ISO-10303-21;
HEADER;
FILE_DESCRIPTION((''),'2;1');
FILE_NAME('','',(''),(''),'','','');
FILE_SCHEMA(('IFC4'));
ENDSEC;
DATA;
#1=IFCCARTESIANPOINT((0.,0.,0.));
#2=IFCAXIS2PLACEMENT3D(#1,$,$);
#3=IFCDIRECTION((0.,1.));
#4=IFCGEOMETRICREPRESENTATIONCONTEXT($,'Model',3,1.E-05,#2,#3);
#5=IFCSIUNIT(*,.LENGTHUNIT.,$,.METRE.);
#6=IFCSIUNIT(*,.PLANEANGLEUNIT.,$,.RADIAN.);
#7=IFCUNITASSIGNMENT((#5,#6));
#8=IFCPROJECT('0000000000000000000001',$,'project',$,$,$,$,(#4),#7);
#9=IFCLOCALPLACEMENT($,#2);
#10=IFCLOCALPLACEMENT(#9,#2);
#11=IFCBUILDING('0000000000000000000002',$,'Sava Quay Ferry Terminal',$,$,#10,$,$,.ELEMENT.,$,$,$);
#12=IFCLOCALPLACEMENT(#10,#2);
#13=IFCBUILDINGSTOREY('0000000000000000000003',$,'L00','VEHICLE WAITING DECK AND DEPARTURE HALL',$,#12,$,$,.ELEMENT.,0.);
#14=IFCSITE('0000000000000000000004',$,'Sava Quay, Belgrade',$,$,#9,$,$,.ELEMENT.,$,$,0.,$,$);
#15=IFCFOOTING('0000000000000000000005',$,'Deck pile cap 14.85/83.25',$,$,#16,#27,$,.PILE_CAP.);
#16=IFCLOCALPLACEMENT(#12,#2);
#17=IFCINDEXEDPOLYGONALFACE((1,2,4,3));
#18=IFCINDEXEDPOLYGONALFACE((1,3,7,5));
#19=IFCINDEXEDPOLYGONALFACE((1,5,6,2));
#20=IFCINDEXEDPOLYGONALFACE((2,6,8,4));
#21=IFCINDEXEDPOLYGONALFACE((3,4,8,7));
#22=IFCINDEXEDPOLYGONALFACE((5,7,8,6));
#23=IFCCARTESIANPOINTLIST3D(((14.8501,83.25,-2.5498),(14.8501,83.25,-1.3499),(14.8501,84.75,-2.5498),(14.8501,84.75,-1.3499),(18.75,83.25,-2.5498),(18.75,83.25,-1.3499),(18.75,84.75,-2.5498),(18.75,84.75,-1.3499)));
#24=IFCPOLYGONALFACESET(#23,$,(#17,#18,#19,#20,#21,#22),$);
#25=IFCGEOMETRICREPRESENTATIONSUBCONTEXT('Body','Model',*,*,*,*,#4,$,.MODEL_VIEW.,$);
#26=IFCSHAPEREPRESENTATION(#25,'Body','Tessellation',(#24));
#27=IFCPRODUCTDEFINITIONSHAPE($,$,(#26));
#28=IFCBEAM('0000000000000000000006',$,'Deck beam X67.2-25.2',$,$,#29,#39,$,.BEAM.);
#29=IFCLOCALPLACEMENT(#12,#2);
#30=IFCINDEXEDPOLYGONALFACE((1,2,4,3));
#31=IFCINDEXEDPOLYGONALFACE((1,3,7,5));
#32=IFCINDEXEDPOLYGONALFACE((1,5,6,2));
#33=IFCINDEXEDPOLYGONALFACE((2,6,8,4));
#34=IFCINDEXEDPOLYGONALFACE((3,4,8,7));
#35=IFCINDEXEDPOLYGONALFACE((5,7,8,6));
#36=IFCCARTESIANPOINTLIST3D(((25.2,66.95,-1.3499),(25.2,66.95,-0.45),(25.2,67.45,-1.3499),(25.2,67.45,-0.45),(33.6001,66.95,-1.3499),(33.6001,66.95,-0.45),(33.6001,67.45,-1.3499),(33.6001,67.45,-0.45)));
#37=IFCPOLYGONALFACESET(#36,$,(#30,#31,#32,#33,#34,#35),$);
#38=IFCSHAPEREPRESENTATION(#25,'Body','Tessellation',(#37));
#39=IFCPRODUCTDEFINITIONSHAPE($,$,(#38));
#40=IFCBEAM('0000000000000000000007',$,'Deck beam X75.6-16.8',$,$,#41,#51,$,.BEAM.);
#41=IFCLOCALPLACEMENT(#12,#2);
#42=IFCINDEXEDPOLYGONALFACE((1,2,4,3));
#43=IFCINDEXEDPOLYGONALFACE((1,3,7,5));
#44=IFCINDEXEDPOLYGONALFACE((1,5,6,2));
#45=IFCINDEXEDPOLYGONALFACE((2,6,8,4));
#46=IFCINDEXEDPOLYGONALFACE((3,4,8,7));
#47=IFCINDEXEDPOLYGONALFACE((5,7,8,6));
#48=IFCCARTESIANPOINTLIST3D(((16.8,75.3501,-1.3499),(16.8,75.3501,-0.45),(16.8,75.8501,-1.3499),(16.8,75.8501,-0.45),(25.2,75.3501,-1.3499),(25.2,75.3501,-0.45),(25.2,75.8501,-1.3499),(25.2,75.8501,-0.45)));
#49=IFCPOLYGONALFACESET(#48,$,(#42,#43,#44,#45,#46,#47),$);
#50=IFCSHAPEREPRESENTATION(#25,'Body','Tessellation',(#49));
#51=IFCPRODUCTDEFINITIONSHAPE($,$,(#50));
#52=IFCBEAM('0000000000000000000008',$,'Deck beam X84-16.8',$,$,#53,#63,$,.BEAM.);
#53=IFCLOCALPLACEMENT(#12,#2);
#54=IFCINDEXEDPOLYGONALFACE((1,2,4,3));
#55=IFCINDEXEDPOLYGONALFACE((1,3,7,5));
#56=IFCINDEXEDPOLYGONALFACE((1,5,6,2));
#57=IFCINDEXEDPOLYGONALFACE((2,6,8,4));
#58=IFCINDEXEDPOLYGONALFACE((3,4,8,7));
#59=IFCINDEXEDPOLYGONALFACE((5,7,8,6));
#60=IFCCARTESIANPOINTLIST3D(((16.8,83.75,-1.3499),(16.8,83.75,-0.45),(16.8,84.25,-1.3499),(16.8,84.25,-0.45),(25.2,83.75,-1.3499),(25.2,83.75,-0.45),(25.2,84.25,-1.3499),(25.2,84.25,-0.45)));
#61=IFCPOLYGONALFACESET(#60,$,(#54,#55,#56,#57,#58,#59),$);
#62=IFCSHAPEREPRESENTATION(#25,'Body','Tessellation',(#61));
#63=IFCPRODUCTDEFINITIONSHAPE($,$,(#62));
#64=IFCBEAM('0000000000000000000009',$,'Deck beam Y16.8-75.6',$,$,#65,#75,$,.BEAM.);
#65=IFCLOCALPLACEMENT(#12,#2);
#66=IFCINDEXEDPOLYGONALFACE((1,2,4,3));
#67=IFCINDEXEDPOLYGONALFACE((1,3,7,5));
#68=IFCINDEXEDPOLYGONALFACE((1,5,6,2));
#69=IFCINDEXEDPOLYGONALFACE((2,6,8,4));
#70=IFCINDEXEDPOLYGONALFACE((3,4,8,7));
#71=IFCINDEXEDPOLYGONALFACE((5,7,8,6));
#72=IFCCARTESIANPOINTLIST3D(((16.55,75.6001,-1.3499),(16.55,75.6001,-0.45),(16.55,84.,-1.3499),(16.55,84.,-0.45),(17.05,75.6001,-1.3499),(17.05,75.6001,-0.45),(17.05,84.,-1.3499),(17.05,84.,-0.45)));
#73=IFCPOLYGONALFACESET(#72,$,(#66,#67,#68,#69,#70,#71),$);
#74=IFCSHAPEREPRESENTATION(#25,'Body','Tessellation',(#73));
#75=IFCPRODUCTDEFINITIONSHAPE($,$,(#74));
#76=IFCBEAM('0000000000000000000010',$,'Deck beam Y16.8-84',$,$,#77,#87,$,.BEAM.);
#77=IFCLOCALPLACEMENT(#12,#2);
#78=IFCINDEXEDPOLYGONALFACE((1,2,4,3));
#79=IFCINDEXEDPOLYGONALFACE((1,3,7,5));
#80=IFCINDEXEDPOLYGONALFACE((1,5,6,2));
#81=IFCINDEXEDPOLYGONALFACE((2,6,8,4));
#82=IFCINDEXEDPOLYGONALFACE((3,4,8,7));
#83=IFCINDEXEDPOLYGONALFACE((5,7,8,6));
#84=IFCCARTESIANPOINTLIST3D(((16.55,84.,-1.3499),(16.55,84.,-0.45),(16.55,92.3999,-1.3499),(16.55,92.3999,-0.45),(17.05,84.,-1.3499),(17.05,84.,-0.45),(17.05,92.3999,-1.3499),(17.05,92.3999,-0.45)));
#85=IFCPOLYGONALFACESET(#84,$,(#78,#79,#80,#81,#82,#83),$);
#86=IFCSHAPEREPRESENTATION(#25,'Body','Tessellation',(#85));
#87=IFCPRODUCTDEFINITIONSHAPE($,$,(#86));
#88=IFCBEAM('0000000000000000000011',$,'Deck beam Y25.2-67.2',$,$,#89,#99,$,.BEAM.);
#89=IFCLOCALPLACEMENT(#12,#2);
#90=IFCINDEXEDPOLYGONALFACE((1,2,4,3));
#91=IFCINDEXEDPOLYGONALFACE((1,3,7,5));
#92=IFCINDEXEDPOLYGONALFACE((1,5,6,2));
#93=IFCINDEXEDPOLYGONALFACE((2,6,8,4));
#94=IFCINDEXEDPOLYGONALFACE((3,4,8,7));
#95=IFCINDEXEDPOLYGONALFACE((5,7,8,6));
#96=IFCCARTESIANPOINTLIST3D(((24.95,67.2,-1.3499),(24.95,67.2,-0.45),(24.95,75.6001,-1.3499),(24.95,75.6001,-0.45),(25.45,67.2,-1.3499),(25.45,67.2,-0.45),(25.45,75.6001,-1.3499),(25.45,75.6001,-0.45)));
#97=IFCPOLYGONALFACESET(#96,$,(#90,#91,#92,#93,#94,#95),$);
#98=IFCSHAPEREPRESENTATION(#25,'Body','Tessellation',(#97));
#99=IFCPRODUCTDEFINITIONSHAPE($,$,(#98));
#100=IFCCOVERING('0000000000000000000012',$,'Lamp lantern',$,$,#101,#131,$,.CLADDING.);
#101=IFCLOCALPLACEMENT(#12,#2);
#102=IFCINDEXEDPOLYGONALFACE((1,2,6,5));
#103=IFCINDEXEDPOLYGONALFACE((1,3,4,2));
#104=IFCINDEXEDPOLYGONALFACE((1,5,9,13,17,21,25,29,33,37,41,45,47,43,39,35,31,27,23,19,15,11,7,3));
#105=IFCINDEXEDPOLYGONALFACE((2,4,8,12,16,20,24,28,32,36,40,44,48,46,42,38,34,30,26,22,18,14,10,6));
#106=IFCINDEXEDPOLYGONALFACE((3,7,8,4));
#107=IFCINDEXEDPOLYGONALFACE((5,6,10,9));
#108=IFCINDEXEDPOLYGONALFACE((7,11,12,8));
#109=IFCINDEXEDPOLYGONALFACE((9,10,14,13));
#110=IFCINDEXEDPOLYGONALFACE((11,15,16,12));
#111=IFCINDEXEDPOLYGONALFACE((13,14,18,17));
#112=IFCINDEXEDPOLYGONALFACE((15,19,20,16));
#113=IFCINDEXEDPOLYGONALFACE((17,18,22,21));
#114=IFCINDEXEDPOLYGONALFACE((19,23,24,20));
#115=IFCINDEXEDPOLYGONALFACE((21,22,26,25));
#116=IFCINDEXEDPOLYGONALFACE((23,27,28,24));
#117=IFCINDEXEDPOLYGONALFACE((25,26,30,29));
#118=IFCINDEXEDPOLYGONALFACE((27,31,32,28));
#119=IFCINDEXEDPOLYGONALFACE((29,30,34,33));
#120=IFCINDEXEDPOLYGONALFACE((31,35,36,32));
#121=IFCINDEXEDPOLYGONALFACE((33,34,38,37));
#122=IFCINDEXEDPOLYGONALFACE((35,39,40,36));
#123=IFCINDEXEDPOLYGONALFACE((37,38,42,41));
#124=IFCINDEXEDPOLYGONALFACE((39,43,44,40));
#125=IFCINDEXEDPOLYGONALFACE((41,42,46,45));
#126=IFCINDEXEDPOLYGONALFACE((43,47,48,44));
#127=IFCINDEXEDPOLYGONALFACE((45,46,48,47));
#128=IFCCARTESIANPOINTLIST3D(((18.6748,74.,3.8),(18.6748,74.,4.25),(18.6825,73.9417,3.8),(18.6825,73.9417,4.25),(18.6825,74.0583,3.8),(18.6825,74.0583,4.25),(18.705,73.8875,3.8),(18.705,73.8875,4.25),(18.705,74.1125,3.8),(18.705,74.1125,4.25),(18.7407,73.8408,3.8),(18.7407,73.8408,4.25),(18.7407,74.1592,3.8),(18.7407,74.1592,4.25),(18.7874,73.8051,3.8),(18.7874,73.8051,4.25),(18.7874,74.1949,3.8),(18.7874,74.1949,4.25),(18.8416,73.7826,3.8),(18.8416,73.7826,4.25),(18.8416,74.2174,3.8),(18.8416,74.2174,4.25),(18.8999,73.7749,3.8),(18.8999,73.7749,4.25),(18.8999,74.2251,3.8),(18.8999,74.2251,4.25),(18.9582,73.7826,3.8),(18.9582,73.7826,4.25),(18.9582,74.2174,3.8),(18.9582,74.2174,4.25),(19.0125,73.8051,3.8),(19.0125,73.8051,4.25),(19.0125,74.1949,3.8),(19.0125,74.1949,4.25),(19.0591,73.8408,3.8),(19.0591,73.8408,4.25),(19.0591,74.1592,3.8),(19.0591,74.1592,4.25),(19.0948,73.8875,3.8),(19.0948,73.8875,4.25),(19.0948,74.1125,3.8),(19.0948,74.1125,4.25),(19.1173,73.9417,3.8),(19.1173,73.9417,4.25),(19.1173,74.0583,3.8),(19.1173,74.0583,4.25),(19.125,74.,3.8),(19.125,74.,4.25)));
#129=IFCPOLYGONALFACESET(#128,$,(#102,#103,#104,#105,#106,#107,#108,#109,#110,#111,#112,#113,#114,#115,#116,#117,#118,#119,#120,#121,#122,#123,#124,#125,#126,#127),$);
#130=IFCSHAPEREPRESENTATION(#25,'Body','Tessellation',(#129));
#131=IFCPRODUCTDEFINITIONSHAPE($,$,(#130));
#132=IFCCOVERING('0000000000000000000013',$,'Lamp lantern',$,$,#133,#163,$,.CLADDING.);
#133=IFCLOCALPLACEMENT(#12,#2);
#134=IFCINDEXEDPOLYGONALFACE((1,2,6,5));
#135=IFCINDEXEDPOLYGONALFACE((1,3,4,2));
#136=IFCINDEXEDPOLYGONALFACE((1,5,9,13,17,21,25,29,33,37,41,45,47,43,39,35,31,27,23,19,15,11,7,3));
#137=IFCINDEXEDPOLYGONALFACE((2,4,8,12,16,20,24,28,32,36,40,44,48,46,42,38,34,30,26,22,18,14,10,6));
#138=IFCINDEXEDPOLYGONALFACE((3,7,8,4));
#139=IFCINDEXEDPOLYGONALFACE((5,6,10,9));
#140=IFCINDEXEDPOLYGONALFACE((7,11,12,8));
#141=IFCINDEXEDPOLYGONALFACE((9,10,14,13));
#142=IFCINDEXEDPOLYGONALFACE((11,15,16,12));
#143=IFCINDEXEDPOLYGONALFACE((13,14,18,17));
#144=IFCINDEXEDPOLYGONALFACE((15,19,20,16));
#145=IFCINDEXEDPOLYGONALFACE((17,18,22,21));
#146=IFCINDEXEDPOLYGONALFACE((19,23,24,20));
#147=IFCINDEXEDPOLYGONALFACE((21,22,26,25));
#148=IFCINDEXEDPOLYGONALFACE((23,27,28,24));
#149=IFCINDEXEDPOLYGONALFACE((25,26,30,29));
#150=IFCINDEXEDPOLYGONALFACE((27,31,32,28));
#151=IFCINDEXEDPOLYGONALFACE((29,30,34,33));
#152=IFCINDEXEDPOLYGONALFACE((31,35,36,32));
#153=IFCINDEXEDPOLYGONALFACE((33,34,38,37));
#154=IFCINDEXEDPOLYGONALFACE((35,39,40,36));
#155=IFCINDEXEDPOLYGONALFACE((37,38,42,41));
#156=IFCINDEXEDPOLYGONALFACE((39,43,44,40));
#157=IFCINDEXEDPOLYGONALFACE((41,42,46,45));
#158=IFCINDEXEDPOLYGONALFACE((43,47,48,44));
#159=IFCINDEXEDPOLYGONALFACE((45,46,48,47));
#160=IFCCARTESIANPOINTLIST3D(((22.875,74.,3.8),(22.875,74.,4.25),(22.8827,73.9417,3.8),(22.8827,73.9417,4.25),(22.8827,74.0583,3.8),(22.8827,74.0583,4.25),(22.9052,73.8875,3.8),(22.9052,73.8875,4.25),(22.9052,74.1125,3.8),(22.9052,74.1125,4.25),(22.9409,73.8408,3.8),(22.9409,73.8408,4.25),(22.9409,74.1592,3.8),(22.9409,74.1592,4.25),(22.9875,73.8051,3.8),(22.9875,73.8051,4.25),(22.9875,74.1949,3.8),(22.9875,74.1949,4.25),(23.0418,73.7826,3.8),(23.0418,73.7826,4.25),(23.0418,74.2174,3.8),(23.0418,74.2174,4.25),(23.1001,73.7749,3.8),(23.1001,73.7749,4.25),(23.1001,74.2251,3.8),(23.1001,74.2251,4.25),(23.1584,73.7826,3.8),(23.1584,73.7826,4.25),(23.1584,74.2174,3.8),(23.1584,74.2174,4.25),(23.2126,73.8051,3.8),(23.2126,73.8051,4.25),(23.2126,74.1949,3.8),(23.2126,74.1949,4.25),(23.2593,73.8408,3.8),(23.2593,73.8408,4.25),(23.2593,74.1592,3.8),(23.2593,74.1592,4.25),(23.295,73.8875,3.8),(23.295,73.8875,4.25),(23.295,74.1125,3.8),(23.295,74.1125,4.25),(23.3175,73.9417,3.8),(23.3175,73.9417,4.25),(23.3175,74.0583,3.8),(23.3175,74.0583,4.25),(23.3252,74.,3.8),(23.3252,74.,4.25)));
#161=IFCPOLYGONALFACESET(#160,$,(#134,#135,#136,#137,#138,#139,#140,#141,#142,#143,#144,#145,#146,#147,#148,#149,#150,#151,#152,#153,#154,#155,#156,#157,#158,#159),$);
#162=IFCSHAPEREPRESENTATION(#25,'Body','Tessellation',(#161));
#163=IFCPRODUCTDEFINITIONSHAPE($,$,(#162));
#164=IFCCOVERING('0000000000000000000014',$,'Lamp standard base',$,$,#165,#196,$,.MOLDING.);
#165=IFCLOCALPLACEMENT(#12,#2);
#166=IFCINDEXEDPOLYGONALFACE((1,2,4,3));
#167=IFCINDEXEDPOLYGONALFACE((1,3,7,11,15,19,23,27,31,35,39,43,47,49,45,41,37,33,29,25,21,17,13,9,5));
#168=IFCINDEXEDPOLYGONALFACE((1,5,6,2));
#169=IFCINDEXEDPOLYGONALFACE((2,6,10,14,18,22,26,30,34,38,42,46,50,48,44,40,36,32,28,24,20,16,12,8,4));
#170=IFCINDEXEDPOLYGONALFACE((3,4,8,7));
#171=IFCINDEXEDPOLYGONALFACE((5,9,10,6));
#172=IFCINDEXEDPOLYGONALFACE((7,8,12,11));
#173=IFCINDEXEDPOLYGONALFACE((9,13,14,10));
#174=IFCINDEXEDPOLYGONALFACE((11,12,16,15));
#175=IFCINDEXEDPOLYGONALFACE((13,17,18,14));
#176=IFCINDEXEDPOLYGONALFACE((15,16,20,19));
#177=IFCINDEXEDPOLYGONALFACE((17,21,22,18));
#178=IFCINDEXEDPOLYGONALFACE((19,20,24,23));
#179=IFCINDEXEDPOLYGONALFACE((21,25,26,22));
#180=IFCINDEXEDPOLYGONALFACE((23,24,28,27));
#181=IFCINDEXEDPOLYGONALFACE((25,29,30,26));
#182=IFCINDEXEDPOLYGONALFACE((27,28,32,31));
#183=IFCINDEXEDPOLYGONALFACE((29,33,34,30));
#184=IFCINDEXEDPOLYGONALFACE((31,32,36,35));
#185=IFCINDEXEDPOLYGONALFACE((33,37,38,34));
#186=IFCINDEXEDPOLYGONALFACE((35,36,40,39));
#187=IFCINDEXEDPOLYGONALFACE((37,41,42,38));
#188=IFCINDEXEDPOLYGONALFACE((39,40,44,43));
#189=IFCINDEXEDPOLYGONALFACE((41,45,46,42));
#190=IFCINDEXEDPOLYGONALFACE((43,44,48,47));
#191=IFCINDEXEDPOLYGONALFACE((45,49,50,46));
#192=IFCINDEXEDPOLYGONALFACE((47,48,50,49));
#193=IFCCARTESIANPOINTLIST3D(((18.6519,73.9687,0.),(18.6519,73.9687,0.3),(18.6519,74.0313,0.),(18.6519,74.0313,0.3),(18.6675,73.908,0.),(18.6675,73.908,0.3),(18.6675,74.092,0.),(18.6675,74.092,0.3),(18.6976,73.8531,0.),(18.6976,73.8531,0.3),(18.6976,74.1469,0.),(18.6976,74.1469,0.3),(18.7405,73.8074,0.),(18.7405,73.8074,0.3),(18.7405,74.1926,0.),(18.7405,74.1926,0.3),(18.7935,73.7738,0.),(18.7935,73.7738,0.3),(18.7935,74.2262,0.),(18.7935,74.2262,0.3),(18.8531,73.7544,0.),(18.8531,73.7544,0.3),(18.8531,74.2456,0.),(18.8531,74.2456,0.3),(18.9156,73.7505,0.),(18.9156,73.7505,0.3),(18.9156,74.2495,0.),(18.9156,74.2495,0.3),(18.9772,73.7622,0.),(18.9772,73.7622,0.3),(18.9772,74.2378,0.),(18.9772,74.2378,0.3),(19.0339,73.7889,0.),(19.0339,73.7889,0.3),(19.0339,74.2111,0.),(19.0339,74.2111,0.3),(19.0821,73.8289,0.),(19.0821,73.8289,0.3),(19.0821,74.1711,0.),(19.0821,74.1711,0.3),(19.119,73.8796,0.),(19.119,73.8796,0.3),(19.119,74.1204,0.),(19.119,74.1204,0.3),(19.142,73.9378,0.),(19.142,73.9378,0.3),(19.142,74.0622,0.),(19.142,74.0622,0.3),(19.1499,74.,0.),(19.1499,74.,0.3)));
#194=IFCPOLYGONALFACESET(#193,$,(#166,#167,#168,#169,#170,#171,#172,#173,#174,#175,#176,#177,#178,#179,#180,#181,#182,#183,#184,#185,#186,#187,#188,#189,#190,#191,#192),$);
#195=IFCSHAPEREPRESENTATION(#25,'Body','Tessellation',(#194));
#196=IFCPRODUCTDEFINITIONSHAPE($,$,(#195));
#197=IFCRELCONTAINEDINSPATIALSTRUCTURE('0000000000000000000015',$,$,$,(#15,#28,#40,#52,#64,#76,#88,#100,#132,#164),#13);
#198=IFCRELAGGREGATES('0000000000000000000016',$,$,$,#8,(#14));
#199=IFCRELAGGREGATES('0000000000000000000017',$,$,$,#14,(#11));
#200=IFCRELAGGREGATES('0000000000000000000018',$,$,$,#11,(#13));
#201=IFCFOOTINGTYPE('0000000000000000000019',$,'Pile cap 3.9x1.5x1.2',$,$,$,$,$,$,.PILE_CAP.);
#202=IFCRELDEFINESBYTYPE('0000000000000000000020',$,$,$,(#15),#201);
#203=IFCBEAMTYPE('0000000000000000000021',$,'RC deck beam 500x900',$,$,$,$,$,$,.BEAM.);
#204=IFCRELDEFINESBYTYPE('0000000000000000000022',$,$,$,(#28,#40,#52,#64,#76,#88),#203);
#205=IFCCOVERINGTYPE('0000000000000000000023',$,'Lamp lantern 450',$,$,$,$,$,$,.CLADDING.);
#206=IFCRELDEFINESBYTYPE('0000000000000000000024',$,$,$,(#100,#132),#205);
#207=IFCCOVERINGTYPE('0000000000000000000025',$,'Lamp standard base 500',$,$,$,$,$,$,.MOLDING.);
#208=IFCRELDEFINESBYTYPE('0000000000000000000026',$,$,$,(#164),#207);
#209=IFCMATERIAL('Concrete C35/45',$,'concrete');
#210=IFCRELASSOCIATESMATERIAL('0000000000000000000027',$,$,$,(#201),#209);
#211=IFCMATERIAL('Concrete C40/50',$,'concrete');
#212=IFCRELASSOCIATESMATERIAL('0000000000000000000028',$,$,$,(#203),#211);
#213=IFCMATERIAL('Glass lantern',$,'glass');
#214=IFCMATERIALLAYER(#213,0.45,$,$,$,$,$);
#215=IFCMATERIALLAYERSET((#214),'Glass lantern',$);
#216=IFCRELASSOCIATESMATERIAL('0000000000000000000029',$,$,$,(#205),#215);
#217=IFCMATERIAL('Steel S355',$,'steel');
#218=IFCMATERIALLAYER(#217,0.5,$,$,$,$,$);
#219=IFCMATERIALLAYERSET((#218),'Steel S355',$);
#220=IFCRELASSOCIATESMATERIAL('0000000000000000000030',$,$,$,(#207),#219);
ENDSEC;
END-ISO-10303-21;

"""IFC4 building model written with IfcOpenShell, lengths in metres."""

from ifc_helpers import new_model, si_unit, direction, frame, origin, origin_2d, place, context, subcontext, project, spatial, rectangle, circle, extrude, material, layer, layer_set, material_profile, profile_set, type_object, element, save


model = new_model("IFC4")

# Units and contexts
model_context = context("Model", 3, precision=1e-05, world=origin(), true_north=direction((0.0, 1.0)))
body_context = subcontext(model_context, "Body", "Model", "MODEL_VIEW")
ifc_project = project(units=[si_unit("LENGTHUNIT", "METRE"), si_unit("PLANEANGLEUNIT", "RADIAN")], contexts=[model_context])

# Site, building, storey
site_placement = place(None, origin())
site = spatial("IfcSite", under=ifc_project, at=site_placement, Name="Sava Quay, Belgrade", CompositionType="ELEMENT", RefElevation=0.0)
building_placement = place(site_placement, origin())
building = spatial("IfcBuilding", under=site, at=building_placement, Name="Sava Quay Ferry Terminal", CompositionType="ELEMENT")
storey_placement = place(building_placement, origin())
storey = spatial("IfcBuildingStorey", under=building, at=storey_placement, Name="L00", Description="VEHICLE WAITING DECK AND DEPARTURE HALL", CompositionType="ELEMENT", Elevation=0.0)

# Footing
ifc_material_1 = material(Name="Concrete C35/45", Category="concrete")
footing_type = type_object("IfcFootingType", Name="Pile cap 3.9x1.5x1.2", PredefinedType="PILE_CAP", material=ifc_material_1)
for number, where, z_axis, x_axis, name in (
    (1, (16.8, 84.0, -2.5498), (0.0, 0.0, 1.0), (1.0, 0.0, 0.0), "Deck pile cap 14.85/83.25"),
):
    element("IfcFooting", number, at=place(storey_placement, frame(where, z_axis=z_axis, x_axis=x_axis)), inside=storey, type_object=footing_type, Name=name, PredefinedType="PILE_CAP", context=body_context, shape_type="SweptSolid", body=[
        extrude(rectangle(XDim=3.8999, YDim=1.5, at=origin_2d()), origin(), (0.0, 0.0, 1.0), 1.2),
    ])

# Beams
ifc_material_2 = material(Name="Concrete C40/50", Category="concrete")
ifc_material_profile_1 = material_profile(ifc_material_2, rectangle(XDim=0.5, YDim=0.8999, at=origin_2d()), Name="RC 500x900")
ifc_profile_set_1 = profile_set([ifc_material_profile_1], Name="Concrete C40/50")
beam_type = type_object("IfcBeamType", Name="RC deck beam 500x900", PredefinedType="BEAM", material=ifc_profile_set_1)
beam_1_placement = place(storey_placement, frame((25.2, 67.2, -0.8999), z_axis=(1.0, 0.0, 0.0), x_axis=(0.0, 1.0, 0.0)))
element("IfcBeam", 2, at=beam_1_placement, inside=storey, type_object=beam_type, Name="Deck beam X67.2-25.2", PredefinedType="BEAM", context=body_context, shape_type="SweptSolid", body=[
    extrude(rectangle(XDim=0.5, YDim=0.8999, at=origin_2d()), origin(), (0.0, 0.0, 1.0), 8.4001),
])
for number, where, z_axis, x_axis, name in (
    (3, (16.8, 75.6001, -0.8999), (1.0, 0.0, 0.0), (0.0, 1.0, 0.0), "Deck beam X75.6-16.8"),
    (4, (16.8, 84.0, -0.8999), (1.0, 0.0, 0.0), (0.0, 1.0, 0.0), "Deck beam X84-16.8"),
    (5, (16.8, 75.6001, -0.8999), (0.0, 1.0, 0.0), (-1.0, 0.0, 0.0), "Deck beam Y16.8-75.6"),
    (6, (16.8, 84.0, -0.8999), (0.0, 1.0, 0.0), (-1.0, 0.0, 0.0), "Deck beam Y16.8-84"),
):
    element("IfcBeam", number, at=place(storey_placement, frame(where, z_axis=z_axis, x_axis=x_axis)), inside=storey, type_object=beam_type, Name=name, PredefinedType="BEAM", context=body_context, shape_type="SweptSolid", body=[
        extrude(rectangle(XDim=0.5, YDim=0.8999, at=origin_2d()), origin(), (0.0, 0.0, 1.0), 8.3999),
    ])
beam_2_placement = place(storey_placement, frame((25.2, 67.2, -0.8999), z_axis=(0.0, 1.0, 0.0), x_axis=(-1.0, 0.0, 0.0)))
element("IfcBeam", 7, at=beam_2_placement, inside=storey, type_object=beam_type, Name="Deck beam Y25.2-67.2", PredefinedType="BEAM", context=body_context, shape_type="SweptSolid", body=[
    extrude(rectangle(XDim=0.5, YDim=0.8999, at=origin_2d()), origin(), (0.0, 0.0, 1.0), 8.4001),
])

# Coverings
ifc_material_3 = material(Name="Glass lantern", Category="glass")
ifc_layer_1 = layer(ifc_material_3, 0.45)
ifc_layer_set_1 = layer_set([ifc_layer_1], Name="Glass lantern")
covering_type_1 = type_object("IfcCoveringType", Name="Lamp lantern 450", PredefinedType="CLADDING", material=ifc_layer_set_1)
for number, where, z_axis, x_axis, name in (
    (8, (18.8999, 74.0, 4.25), (0.0, 0.0, -1.0), (1.0, 0.0, 0.0), "Lamp lantern"),
    (9, (23.1001, 74.0, 4.25), (0.0, 0.0, -1.0), (1.0, 0.0, 0.0), "Lamp lantern"),
):
    element("IfcCovering", number, at=place(storey_placement, frame(where, z_axis=z_axis, x_axis=x_axis)), inside=storey, type_object=covering_type_1, Name=name, PredefinedType="CLADDING", context=body_context, shape_type="SweptSolid", body=[
        extrude(circle(Radius=0.2251, at=origin_2d()), origin(), (0.0, 0.0, 1.0), 0.45),
    ])
ifc_material_4 = material(Name="Steel S355", Category="steel")
ifc_layer_2 = layer(ifc_material_4, 0.5)
ifc_layer_set_2 = layer_set([ifc_layer_2], Name="Steel S355")
covering_type_2 = type_object("IfcCoveringType", Name="Lamp standard base 500", PredefinedType="MOLDING", material=ifc_layer_set_2)
for number, where, z_axis, x_axis, name in (
    (10, (18.8999, 74.0, 0.3), (0.0, 0.0, -1.0), (1.0, 0.0, 0.0), "Lamp standard base"),
):
    element("IfcCovering", number, at=place(storey_placement, frame(where, z_axis=z_axis, x_axis=x_axis)), inside=storey, type_object=covering_type_2, Name=name, PredefinedType="MOLDING", context=body_context, shape_type="SweptSolid", body=[
        extrude(circle(Radius=0.25, at=origin_2d()), origin(), (0.0, 0.0, 1.0), 0.3),
    ])

save(model, "model.ifc")
